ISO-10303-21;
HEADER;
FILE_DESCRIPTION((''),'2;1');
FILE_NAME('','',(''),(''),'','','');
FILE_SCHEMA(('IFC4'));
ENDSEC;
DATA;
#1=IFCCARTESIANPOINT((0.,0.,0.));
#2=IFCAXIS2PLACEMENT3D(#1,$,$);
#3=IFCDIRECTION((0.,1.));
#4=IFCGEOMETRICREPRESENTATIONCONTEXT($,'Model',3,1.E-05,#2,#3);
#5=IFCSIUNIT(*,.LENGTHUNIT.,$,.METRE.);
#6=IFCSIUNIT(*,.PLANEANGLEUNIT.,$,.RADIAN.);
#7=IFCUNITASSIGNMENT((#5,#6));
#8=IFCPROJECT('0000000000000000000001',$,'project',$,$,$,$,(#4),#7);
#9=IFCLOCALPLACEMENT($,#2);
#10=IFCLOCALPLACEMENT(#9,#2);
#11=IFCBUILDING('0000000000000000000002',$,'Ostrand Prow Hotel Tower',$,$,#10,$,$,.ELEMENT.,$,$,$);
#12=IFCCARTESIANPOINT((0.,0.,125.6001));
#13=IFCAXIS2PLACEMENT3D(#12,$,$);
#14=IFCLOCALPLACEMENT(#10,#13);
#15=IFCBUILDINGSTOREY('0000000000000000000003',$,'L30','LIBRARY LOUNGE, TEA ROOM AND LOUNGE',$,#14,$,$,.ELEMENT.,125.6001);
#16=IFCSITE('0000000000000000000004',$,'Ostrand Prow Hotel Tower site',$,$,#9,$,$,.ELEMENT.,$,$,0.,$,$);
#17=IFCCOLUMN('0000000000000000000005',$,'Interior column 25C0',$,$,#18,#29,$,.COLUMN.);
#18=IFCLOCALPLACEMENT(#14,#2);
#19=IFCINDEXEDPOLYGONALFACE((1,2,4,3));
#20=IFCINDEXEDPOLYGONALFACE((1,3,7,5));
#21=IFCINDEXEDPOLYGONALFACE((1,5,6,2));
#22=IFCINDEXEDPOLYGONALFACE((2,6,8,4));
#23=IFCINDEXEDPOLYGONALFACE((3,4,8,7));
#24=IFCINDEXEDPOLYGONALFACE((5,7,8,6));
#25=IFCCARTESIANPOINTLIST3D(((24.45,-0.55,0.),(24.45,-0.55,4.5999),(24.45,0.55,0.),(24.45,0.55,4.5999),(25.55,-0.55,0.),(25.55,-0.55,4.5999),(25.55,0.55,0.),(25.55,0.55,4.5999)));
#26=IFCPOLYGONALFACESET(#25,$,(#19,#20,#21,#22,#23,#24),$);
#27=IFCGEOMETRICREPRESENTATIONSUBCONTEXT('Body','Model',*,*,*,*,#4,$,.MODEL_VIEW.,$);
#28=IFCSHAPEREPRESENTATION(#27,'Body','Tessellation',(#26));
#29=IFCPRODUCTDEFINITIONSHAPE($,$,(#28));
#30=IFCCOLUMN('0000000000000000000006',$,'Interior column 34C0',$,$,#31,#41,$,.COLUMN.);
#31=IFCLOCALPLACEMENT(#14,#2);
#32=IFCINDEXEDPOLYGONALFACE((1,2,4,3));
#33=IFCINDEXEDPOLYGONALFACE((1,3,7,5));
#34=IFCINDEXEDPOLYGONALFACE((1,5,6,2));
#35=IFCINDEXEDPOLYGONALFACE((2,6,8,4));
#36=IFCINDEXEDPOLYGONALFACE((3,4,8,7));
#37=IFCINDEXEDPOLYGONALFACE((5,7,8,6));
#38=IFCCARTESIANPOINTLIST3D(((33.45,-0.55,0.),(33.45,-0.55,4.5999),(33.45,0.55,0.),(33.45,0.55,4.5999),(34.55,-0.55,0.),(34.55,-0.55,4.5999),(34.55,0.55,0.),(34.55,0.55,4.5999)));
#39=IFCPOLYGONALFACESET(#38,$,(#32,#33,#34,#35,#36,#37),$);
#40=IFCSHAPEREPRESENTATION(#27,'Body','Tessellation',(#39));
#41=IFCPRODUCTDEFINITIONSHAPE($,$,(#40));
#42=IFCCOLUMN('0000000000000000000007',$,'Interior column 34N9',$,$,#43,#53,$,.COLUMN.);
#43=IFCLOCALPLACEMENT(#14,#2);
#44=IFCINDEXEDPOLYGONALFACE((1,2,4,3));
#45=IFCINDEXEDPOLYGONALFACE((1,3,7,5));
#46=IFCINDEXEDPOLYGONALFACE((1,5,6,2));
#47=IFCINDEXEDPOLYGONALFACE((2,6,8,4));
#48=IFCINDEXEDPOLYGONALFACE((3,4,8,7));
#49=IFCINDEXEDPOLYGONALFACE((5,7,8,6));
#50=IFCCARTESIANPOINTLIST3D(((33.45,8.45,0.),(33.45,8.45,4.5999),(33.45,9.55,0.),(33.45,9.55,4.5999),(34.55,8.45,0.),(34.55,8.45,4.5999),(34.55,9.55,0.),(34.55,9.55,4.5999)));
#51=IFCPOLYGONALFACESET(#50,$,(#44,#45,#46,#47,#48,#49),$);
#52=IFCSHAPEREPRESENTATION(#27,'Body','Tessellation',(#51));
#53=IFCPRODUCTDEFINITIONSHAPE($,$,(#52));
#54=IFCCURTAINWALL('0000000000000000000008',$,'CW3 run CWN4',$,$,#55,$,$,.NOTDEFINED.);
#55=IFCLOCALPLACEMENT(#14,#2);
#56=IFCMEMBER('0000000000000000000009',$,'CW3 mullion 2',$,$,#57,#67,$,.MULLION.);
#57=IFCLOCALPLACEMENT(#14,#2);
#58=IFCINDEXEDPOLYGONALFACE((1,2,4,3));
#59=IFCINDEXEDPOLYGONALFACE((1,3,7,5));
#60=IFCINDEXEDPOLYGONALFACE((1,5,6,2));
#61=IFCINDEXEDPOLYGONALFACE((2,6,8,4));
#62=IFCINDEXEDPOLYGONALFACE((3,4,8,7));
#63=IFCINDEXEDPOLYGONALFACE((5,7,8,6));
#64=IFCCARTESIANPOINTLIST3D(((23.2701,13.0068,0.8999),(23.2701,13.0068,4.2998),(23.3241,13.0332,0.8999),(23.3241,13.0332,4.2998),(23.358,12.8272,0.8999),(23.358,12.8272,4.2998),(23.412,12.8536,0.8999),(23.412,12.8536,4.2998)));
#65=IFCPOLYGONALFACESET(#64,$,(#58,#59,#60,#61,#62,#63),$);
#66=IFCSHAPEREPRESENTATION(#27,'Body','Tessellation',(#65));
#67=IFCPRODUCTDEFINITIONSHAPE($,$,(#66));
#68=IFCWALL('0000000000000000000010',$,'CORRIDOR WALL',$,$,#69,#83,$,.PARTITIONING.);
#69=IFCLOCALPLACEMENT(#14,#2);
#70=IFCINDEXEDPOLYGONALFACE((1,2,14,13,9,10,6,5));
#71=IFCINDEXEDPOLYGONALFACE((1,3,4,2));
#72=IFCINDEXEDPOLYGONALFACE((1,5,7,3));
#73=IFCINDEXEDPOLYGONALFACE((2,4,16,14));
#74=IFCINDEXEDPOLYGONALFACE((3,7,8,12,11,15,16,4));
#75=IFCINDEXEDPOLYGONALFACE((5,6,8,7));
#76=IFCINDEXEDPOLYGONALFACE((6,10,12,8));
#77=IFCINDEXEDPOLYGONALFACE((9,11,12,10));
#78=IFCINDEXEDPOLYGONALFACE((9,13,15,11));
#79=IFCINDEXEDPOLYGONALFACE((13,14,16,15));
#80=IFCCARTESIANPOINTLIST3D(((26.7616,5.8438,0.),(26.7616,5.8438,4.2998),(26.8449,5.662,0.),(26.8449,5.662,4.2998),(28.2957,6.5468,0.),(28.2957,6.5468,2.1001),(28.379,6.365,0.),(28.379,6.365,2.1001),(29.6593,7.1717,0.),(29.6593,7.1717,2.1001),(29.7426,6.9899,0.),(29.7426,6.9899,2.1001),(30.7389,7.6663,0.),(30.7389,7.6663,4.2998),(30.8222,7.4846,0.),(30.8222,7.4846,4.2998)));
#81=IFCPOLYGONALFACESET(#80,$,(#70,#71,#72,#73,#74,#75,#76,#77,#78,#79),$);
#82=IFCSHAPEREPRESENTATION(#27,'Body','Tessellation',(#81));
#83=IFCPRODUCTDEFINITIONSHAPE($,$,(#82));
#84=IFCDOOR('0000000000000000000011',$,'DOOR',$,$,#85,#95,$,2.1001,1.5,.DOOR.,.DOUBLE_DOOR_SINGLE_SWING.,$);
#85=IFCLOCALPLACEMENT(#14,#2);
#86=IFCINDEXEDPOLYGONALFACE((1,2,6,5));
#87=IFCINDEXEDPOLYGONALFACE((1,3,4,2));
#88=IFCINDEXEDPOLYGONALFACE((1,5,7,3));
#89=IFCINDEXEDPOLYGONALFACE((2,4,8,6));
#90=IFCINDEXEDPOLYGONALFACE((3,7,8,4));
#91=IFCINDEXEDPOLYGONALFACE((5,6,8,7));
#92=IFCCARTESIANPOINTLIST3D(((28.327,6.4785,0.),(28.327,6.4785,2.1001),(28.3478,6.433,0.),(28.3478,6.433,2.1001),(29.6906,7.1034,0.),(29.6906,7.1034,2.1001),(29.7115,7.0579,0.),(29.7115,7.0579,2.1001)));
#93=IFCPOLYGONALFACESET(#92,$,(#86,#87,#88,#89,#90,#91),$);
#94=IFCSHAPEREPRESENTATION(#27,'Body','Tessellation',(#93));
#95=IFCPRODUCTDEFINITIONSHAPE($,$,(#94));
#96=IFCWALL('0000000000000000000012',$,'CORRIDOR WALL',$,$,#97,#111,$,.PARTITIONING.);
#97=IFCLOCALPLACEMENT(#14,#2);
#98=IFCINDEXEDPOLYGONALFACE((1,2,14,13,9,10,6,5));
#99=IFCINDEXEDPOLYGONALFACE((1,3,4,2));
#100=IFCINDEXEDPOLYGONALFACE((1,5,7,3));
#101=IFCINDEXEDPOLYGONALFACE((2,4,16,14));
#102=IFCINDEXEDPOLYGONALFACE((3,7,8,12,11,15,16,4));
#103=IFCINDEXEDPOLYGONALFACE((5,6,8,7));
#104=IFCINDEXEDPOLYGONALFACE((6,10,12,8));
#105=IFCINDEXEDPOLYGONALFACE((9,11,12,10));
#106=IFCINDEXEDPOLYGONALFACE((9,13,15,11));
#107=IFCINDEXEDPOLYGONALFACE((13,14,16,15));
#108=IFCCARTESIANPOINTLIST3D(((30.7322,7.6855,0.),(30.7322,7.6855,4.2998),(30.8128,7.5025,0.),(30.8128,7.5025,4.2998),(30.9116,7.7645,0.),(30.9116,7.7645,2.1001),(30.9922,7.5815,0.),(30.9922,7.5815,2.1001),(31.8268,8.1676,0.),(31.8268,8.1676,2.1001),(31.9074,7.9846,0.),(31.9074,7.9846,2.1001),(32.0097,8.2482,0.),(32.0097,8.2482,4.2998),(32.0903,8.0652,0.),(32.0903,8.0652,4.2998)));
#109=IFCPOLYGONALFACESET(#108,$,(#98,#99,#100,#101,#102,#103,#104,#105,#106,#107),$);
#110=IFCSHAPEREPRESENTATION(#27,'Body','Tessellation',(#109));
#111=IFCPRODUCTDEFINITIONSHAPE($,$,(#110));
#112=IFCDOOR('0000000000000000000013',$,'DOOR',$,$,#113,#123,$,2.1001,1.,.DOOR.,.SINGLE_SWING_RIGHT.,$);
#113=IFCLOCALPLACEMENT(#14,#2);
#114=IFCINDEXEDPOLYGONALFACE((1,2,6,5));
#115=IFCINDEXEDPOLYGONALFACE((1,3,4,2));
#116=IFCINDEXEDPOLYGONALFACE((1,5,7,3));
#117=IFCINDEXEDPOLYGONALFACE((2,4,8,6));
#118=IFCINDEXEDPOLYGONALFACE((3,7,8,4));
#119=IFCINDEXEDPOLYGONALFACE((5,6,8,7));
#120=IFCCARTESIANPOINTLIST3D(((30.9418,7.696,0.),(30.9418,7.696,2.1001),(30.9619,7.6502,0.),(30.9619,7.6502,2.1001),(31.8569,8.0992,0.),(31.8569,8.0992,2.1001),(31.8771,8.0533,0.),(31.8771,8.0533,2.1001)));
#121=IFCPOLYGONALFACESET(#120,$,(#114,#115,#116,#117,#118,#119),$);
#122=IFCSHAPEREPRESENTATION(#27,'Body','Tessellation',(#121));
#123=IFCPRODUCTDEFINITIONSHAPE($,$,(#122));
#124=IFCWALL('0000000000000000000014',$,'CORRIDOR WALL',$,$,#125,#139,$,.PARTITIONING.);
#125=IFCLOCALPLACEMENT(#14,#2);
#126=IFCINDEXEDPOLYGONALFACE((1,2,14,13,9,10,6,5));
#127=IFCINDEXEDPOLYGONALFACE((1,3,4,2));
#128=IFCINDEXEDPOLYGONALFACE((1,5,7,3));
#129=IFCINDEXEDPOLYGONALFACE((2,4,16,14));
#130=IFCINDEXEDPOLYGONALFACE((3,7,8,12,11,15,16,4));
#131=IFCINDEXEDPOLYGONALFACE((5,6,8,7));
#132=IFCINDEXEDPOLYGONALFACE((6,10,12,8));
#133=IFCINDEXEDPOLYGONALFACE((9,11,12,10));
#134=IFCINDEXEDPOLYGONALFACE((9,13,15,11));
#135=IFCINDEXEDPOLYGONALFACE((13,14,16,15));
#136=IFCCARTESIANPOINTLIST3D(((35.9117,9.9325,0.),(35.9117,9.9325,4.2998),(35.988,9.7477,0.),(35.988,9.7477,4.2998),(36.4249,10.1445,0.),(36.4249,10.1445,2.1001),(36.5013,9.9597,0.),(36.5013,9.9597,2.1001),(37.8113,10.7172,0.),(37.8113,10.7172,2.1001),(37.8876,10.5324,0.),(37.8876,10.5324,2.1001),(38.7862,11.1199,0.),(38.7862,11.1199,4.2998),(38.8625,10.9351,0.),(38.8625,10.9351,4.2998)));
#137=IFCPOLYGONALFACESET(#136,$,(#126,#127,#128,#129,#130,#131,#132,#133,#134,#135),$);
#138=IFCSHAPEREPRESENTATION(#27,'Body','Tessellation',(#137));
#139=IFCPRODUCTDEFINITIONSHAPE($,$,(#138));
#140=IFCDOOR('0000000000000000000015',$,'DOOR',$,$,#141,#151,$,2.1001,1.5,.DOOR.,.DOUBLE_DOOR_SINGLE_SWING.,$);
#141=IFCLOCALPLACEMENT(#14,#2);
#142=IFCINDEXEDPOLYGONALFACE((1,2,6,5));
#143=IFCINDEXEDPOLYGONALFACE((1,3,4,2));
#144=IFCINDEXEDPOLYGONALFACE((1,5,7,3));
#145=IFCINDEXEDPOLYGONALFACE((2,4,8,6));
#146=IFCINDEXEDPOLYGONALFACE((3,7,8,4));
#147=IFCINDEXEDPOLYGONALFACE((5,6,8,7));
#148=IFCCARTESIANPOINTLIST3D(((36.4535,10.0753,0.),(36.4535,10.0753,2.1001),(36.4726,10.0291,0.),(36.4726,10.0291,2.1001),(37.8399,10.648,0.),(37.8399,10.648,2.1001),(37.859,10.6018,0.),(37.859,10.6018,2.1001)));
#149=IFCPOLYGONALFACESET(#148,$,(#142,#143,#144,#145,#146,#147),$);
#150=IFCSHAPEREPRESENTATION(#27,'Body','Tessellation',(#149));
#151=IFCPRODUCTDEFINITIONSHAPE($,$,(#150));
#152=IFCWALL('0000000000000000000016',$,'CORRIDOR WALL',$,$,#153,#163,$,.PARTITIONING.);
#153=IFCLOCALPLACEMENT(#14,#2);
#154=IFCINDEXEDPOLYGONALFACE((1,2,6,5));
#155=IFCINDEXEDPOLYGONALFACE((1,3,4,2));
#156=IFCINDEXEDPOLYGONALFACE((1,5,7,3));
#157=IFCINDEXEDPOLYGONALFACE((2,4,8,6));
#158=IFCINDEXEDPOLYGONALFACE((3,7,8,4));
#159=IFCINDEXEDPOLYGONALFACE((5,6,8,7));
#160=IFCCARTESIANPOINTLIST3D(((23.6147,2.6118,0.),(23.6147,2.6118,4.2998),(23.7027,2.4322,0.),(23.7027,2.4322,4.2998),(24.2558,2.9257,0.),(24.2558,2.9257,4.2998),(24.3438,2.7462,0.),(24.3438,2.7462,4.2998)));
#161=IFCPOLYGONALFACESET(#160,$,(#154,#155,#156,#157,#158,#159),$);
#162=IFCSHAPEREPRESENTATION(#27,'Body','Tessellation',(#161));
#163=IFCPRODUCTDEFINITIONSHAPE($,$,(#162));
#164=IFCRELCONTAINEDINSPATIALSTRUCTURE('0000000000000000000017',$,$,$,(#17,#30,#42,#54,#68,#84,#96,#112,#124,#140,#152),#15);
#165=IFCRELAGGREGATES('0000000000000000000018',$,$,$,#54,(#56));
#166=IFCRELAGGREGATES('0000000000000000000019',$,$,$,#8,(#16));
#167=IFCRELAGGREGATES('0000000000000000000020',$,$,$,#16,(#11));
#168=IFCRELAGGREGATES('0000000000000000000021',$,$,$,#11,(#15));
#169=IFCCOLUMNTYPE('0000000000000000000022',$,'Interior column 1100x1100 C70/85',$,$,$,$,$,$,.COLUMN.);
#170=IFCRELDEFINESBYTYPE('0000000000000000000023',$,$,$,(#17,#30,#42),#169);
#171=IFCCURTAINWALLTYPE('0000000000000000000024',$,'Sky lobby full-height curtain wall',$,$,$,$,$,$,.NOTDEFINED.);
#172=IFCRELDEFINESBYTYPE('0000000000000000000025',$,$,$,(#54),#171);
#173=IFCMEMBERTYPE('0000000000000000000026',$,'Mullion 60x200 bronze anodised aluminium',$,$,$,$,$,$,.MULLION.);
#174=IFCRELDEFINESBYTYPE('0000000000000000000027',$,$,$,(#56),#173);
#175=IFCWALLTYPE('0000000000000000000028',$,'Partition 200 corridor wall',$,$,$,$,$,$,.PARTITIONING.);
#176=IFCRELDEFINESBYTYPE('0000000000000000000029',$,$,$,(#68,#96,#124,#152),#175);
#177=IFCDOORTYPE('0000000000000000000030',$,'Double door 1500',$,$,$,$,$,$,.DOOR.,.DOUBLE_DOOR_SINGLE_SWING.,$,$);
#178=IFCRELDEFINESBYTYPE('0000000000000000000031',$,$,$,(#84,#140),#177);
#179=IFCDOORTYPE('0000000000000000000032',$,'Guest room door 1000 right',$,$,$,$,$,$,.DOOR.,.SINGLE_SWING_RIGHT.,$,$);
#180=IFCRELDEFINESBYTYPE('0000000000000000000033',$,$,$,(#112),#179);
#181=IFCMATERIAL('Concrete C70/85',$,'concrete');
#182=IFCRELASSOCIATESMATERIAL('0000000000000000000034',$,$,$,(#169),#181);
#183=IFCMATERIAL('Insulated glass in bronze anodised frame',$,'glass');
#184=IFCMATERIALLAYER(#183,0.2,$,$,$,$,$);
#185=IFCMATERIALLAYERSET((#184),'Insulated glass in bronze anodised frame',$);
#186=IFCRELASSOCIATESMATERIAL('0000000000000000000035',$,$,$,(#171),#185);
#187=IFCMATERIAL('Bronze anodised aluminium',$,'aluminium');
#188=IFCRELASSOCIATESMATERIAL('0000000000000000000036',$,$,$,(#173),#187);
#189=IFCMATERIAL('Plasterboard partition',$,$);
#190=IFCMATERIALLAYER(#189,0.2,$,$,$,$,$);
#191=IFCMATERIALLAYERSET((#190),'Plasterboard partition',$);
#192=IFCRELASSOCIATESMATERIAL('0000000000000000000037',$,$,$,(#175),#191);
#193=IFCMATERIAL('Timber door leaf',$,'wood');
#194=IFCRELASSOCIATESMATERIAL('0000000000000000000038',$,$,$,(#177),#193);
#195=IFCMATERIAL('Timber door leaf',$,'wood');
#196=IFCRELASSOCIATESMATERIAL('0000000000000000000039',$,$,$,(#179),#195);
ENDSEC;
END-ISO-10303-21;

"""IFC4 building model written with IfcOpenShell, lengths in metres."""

from ifc_helpers import new_model, si_unit, direction, frame, frame_2d, origin, origin_2d, place, context, subcontext, project, spatial, rectangle, extrude, material, layer, layer_set, material_profile, profile_set, type_object, element, fill, aggregate, save


model = new_model("IFC4")

# Units and contexts
model_context = context("Model", 3, precision=1e-05, world=origin(), true_north=direction((0.0, 1.0)))
body_context = subcontext(model_context, "Body", "Model", "MODEL_VIEW")
ifc_project = project(units=[si_unit("LENGTHUNIT", "METRE"), si_unit("PLANEANGLEUNIT", "RADIAN")], contexts=[model_context])

# Site, building, storey
site_placement = place(None, origin())
site = spatial("IfcSite", under=ifc_project, at=site_placement, Name="Ostrand Prow Hotel Tower site", CompositionType="ELEMENT", RefElevation=0.0)
building_placement = place(site_placement, origin())
building = spatial("IfcBuilding", under=site, at=building_placement, Name="Ostrand Prow Hotel Tower", CompositionType="ELEMENT")
storey_placement = place(building_placement, frame((0.0, 0.0, 125.6001)))
storey = spatial("IfcBuildingStorey", under=building, at=storey_placement, Name="L30", Description="LIBRARY LOUNGE, TEA ROOM AND LOUNGE", CompositionType="ELEMENT", Elevation=125.6001)

# Columns
ifc_material_1 = material(Name="Concrete C70/85", Category="concrete")
ifc_material_profile_1 = material_profile(ifc_material_1, rectangle(XDim=1.1001, YDim=1.1001, at=origin_2d()), Name="RC 1100x1100")
ifc_profile_set_1 = profile_set([ifc_material_profile_1], Name="Concrete C70/85")
column_type = type_object("IfcColumnType", Name="Interior column 1100x1100 C70/85", PredefinedType="COLUMN", material=ifc_profile_set_1)
for number, where, z_axis, x_axis, name in (
    (1, (25.0, 0.0, 0.0), (0.0, 0.0, 1.0), (1.0, 0.0, 0.0), "Interior column 25C0"),
    (2, (34.0, 0.0, 0.0), (0.0, 0.0, 1.0), (1.0, 0.0, 0.0), "Interior column 34C0"),
    (3, (34.0, 9.0, 0.0), (0.0, 0.0, 1.0), (1.0, 0.0, 0.0), "Interior column 34N9"),
):
    element("IfcColumn", number, at=place(storey_placement, frame(where, z_axis=z_axis, x_axis=x_axis)), inside=storey, type_object=column_type, Name=name, PredefinedType="COLUMN", context=body_context, shape_type="SweptSolid", body=[
        extrude(rectangle(XDim=1.1001, YDim=1.1001, at=origin_2d()), origin(), (0.0, 0.0, 1.0), 4.5999),
    ])

# Curtain wall, member
ifc_material_2 = material(Name="Insulated glass in bronze anodised frame", Category="glass")
ifc_layer_1 = layer(ifc_material_2, 0.2)
ifc_layer_set_1 = layer_set([ifc_layer_1], Name="Insulated glass in bronze anodised frame")
curtain_wall_type = type_object("IfcCurtainWallType", Name="Sky lobby full-height curtain wall", PredefinedType="NOTDEFINED", material=ifc_layer_set_1)
curtain_wall_placement = place(storey_placement, origin())
curtain_wall = element("IfcCurtainWall", 4, at=curtain_wall_placement, inside=storey, type_object=curtain_wall_type, Name="CW3 run CWN4", PredefinedType="NOTDEFINED")
ifc_material_3 = material(Name="Bronze anodised aluminium", Category="aluminium")
ifc_material_profile_2 = material_profile(ifc_material_3, rectangle(XDim=0.2, YDim=0.0601, at=origin_2d()), Name="Mullion 60x200 bronze anodised aluminium")
ifc_profile_set_2 = profile_set([ifc_material_profile_2], Name="Bronze anodised aluminium")
member_type = type_object("IfcMemberType", Name="Mullion 60x200 bronze anodised aluminium", PredefinedType="MULLION", material=ifc_profile_set_2)
member_placement = place(storey_placement, frame((23.3411, 12.9302, 0.8999), z_axis=(0.0, 0.0, 1.0), x_axis=(0.439659, -0.898165, 0.0)))
member = element("IfcMember", 5, at=member_placement, type_object=member_type, Name="CW3 mullion 2", PredefinedType="MULLION", context=body_context, shape_type="SweptSolid", body=[
    extrude(rectangle(XDim=0.2, YDim=0.0601, at=origin_2d()), origin(), (0.0, 0.0, 1.0), 3.3999),
])
aggregate(curtain_wall, [member])

# Walls, openings, doors
ifc_material_4 = material(Name="Plasterboard partition")
ifc_layer_2 = layer(ifc_material_4, 0.2)
ifc_layer_set_2 = layer_set([ifc_layer_2], Name="Plasterboard partition")
wall_type_1 = type_object("IfcWallType", Name="Partition 200 corridor wall", PredefinedType="PARTITIONING", material=ifc_layer_set_2)
wall_1_placement = place(storey_placement, frame((26.8032, 5.7529, 0.0), z_axis=(0.0, 0.0, 1.0), x_axis=(0.909101, 0.416576, 0.0)))
wall_1 = element("IfcWall", 6, at=wall_1_placement, inside=storey, type_object=wall_type_1, Name="CORRIDOR WALL", PredefinedType="PARTITIONING", context=body_context, shape_type="SweptSolid", body=[
    extrude(rectangle(XDim=4.375, YDim=0.2, at=frame_2d((2.1875, 0.0))), origin(), (0.0, 0.0, 1.0), 4.2998),
])
opening_1_placement = place(wall_1_placement, frame((1.6875, 0.0, 0.0)))
opening_1 = element("IfcOpeningElement", 7, at=opening_1_placement, cuts=wall_1, PredefinedType="OPENING", context=body_context, shape_type="SweptSolid", body=[
    extrude(rectangle(XDim=1.5, YDim=2.1001, at=frame_2d((0.75, 1.05))), frame((0.0, 0.1099, 0.0), z_axis=(0.0, -1.0, 0.0), x_axis=(1.0, 0.0, 0.0)), (0.0, 0.0, 1.0), 0.22),
])
ifc_material_5 = material(Name="Timber door leaf", Category="wood")
door_type_1 = type_object("IfcDoorType", Name="Double door 1500", OperationType="DOUBLE_DOOR_SINGLE_SWING", PredefinedType="DOOR", material=ifc_material_5)
door_1_placement = place(opening_1_placement, origin())
door_1 = element("IfcDoor", 8, at=door_1_placement, inside=storey, type_object=door_type_1, Name="DOOR", OperationType="DOUBLE_DOOR_SINGLE_SWING", OverallHeight=2.1001, OverallWidth=1.5, PredefinedType="DOOR", context=body_context, shape_type="SweptSolid", body=[
    extrude(rectangle(XDim=1.5, YDim=2.1001, at=frame_2d((0.75, 1.05))), frame((0.0, 0.0249, 0.0), z_axis=(0.0, -1.0, 0.0), x_axis=(1.0, 0.0, 0.0)), (0.0, 0.0, 1.0), 0.05),
])
fill(opening_1, door_1)
wall_2_placement = place(storey_placement, frame((32.05, 8.1567, 0.0), z_axis=(0.0, 0.0, 1.0), x_axis=(-0.915155, -0.403102, 0.0)))
wall_2 = element("IfcWall", 9, at=wall_2_placement, inside=storey, type_object=wall_type_1, Name="CORRIDOR WALL", PredefinedType="PARTITIONING", context=body_context, shape_type="SweptSolid", body=[
    extrude(rectangle(XDim=1.396, YDim=0.2, at=frame_2d((0.698, 0.0))), origin(), (0.0, 0.0, 1.0), 4.2998),
])
opening_2_placement = place(wall_2_placement, frame((0.2, 0.0, 0.0)))
opening_2 = element("IfcOpeningElement", 10, at=opening_2_placement, cuts=wall_2, PredefinedType="OPENING", context=body_context, shape_type="SweptSolid", body=[
    extrude(rectangle(XDim=1.0, YDim=2.1001, at=frame_2d((0.5, 1.05))), frame((0.0, 0.1099, 0.0), z_axis=(0.0, -1.0, 0.0), x_axis=(1.0, 0.0, 0.0)), (0.0, 0.0, 1.0), 0.22),
])
ifc_material_6 = material(Name="Timber door leaf", Category="wood")
door_type_2 = type_object("IfcDoorType", Name="Guest room door 1000 right", OperationType="SINGLE_SWING_RIGHT", PredefinedType="DOOR", material=ifc_material_6)
door_2_placement = place(opening_2_placement, origin())
door_2 = element("IfcDoor", 11, at=door_2_placement, inside=storey, type_object=door_type_2, Name="DOOR", OperationType="SINGLE_SWING_RIGHT", OverallHeight=2.1001, OverallWidth=1.0, PredefinedType="DOOR", context=body_context, shape_type="SweptSolid", body=[
    extrude(rectangle(XDim=1.0, YDim=2.1001, at=frame_2d((0.5, 1.05))), frame((0.0, 0.0249, 0.0), z_axis=(0.0, -1.0, 0.0), x_axis=(1.0, 0.0, 0.0)), (0.0, 0.0, 1.0), 0.05),
])
fill(opening_2, door_2)
wall_3_placement = place(storey_placement, frame((38.8245, 11.0276, 0.0), z_axis=(0.0, 0.0, 1.0), x_axis=(-0.924239, -0.381816, 0.0)))
wall_3 = element("IfcWall", 12, at=wall_3_placement, inside=storey, type_object=wall_type_1, Name="CORRIDOR WALL", PredefinedType="PARTITIONING", context=body_context, shape_type="SweptSolid", body=[
    extrude(rectangle(XDim=3.1101, YDim=0.2, at=frame_2d((1.5552, 0.0))), origin(), (0.0, 0.0, 1.0), 4.2998),
])
opening_3_placement = place(wall_3_placement, frame((1.0549, 0.0, 0.0)))
opening_3 = element("IfcOpeningElement", 13, at=opening_3_placement, cuts=wall_3, PredefinedType="OPENING", context=body_context, shape_type="SweptSolid", body=[
    extrude(rectangle(XDim=1.5, YDim=2.1001, at=frame_2d((0.75, 1.05))), frame((0.0, 0.1099, 0.0), z_axis=(0.0, -1.0, 0.0), x_axis=(1.0, 0.0, 0.0)), (0.0, 0.0, 1.0), 0.22),
])
door_3_placement = place(opening_3_placement, origin())
door_3 = element("IfcDoor", 14, at=door_3_placement, inside=storey, type_object=door_type_1, Name="DOOR", OperationType="DOUBLE_DOOR_SINGLE_SWING", OverallHeight=2.1001, OverallWidth=1.5, PredefinedType="DOOR", context=body_context, shape_type="SweptSolid", body=[
    extrude(rectangle(XDim=1.5, YDim=2.1001, at=frame_2d((0.75, 1.05))), frame((0.0, 0.0249, 0.0), z_axis=(0.0, -1.0, 0.0), x_axis=(1.0, 0.0, 0.0)), (0.0, 0.0, 1.0), 0.05),
])
fill(opening_3, door_3)

# Wall
wall_4_placement = place(storey_placement, frame((23.6587, 2.522, 0.0), z_axis=(0.0, 0.0, 1.0), x_axis=(0.89809, 0.439811, 0.0)))
element("IfcWall", 15, at=wall_4_placement, inside=storey, type_object=wall_type_1, Name="CORRIDOR WALL", PredefinedType="PARTITIONING", context=body_context, shape_type="SweptSolid", body=[
    extrude(rectangle(XDim=0.7139, YDim=0.2, at=frame_2d((0.3569, 0.0))), origin(), (0.0, 0.0, 1.0), 4.2998),
])

save(model, "model.ifc")
